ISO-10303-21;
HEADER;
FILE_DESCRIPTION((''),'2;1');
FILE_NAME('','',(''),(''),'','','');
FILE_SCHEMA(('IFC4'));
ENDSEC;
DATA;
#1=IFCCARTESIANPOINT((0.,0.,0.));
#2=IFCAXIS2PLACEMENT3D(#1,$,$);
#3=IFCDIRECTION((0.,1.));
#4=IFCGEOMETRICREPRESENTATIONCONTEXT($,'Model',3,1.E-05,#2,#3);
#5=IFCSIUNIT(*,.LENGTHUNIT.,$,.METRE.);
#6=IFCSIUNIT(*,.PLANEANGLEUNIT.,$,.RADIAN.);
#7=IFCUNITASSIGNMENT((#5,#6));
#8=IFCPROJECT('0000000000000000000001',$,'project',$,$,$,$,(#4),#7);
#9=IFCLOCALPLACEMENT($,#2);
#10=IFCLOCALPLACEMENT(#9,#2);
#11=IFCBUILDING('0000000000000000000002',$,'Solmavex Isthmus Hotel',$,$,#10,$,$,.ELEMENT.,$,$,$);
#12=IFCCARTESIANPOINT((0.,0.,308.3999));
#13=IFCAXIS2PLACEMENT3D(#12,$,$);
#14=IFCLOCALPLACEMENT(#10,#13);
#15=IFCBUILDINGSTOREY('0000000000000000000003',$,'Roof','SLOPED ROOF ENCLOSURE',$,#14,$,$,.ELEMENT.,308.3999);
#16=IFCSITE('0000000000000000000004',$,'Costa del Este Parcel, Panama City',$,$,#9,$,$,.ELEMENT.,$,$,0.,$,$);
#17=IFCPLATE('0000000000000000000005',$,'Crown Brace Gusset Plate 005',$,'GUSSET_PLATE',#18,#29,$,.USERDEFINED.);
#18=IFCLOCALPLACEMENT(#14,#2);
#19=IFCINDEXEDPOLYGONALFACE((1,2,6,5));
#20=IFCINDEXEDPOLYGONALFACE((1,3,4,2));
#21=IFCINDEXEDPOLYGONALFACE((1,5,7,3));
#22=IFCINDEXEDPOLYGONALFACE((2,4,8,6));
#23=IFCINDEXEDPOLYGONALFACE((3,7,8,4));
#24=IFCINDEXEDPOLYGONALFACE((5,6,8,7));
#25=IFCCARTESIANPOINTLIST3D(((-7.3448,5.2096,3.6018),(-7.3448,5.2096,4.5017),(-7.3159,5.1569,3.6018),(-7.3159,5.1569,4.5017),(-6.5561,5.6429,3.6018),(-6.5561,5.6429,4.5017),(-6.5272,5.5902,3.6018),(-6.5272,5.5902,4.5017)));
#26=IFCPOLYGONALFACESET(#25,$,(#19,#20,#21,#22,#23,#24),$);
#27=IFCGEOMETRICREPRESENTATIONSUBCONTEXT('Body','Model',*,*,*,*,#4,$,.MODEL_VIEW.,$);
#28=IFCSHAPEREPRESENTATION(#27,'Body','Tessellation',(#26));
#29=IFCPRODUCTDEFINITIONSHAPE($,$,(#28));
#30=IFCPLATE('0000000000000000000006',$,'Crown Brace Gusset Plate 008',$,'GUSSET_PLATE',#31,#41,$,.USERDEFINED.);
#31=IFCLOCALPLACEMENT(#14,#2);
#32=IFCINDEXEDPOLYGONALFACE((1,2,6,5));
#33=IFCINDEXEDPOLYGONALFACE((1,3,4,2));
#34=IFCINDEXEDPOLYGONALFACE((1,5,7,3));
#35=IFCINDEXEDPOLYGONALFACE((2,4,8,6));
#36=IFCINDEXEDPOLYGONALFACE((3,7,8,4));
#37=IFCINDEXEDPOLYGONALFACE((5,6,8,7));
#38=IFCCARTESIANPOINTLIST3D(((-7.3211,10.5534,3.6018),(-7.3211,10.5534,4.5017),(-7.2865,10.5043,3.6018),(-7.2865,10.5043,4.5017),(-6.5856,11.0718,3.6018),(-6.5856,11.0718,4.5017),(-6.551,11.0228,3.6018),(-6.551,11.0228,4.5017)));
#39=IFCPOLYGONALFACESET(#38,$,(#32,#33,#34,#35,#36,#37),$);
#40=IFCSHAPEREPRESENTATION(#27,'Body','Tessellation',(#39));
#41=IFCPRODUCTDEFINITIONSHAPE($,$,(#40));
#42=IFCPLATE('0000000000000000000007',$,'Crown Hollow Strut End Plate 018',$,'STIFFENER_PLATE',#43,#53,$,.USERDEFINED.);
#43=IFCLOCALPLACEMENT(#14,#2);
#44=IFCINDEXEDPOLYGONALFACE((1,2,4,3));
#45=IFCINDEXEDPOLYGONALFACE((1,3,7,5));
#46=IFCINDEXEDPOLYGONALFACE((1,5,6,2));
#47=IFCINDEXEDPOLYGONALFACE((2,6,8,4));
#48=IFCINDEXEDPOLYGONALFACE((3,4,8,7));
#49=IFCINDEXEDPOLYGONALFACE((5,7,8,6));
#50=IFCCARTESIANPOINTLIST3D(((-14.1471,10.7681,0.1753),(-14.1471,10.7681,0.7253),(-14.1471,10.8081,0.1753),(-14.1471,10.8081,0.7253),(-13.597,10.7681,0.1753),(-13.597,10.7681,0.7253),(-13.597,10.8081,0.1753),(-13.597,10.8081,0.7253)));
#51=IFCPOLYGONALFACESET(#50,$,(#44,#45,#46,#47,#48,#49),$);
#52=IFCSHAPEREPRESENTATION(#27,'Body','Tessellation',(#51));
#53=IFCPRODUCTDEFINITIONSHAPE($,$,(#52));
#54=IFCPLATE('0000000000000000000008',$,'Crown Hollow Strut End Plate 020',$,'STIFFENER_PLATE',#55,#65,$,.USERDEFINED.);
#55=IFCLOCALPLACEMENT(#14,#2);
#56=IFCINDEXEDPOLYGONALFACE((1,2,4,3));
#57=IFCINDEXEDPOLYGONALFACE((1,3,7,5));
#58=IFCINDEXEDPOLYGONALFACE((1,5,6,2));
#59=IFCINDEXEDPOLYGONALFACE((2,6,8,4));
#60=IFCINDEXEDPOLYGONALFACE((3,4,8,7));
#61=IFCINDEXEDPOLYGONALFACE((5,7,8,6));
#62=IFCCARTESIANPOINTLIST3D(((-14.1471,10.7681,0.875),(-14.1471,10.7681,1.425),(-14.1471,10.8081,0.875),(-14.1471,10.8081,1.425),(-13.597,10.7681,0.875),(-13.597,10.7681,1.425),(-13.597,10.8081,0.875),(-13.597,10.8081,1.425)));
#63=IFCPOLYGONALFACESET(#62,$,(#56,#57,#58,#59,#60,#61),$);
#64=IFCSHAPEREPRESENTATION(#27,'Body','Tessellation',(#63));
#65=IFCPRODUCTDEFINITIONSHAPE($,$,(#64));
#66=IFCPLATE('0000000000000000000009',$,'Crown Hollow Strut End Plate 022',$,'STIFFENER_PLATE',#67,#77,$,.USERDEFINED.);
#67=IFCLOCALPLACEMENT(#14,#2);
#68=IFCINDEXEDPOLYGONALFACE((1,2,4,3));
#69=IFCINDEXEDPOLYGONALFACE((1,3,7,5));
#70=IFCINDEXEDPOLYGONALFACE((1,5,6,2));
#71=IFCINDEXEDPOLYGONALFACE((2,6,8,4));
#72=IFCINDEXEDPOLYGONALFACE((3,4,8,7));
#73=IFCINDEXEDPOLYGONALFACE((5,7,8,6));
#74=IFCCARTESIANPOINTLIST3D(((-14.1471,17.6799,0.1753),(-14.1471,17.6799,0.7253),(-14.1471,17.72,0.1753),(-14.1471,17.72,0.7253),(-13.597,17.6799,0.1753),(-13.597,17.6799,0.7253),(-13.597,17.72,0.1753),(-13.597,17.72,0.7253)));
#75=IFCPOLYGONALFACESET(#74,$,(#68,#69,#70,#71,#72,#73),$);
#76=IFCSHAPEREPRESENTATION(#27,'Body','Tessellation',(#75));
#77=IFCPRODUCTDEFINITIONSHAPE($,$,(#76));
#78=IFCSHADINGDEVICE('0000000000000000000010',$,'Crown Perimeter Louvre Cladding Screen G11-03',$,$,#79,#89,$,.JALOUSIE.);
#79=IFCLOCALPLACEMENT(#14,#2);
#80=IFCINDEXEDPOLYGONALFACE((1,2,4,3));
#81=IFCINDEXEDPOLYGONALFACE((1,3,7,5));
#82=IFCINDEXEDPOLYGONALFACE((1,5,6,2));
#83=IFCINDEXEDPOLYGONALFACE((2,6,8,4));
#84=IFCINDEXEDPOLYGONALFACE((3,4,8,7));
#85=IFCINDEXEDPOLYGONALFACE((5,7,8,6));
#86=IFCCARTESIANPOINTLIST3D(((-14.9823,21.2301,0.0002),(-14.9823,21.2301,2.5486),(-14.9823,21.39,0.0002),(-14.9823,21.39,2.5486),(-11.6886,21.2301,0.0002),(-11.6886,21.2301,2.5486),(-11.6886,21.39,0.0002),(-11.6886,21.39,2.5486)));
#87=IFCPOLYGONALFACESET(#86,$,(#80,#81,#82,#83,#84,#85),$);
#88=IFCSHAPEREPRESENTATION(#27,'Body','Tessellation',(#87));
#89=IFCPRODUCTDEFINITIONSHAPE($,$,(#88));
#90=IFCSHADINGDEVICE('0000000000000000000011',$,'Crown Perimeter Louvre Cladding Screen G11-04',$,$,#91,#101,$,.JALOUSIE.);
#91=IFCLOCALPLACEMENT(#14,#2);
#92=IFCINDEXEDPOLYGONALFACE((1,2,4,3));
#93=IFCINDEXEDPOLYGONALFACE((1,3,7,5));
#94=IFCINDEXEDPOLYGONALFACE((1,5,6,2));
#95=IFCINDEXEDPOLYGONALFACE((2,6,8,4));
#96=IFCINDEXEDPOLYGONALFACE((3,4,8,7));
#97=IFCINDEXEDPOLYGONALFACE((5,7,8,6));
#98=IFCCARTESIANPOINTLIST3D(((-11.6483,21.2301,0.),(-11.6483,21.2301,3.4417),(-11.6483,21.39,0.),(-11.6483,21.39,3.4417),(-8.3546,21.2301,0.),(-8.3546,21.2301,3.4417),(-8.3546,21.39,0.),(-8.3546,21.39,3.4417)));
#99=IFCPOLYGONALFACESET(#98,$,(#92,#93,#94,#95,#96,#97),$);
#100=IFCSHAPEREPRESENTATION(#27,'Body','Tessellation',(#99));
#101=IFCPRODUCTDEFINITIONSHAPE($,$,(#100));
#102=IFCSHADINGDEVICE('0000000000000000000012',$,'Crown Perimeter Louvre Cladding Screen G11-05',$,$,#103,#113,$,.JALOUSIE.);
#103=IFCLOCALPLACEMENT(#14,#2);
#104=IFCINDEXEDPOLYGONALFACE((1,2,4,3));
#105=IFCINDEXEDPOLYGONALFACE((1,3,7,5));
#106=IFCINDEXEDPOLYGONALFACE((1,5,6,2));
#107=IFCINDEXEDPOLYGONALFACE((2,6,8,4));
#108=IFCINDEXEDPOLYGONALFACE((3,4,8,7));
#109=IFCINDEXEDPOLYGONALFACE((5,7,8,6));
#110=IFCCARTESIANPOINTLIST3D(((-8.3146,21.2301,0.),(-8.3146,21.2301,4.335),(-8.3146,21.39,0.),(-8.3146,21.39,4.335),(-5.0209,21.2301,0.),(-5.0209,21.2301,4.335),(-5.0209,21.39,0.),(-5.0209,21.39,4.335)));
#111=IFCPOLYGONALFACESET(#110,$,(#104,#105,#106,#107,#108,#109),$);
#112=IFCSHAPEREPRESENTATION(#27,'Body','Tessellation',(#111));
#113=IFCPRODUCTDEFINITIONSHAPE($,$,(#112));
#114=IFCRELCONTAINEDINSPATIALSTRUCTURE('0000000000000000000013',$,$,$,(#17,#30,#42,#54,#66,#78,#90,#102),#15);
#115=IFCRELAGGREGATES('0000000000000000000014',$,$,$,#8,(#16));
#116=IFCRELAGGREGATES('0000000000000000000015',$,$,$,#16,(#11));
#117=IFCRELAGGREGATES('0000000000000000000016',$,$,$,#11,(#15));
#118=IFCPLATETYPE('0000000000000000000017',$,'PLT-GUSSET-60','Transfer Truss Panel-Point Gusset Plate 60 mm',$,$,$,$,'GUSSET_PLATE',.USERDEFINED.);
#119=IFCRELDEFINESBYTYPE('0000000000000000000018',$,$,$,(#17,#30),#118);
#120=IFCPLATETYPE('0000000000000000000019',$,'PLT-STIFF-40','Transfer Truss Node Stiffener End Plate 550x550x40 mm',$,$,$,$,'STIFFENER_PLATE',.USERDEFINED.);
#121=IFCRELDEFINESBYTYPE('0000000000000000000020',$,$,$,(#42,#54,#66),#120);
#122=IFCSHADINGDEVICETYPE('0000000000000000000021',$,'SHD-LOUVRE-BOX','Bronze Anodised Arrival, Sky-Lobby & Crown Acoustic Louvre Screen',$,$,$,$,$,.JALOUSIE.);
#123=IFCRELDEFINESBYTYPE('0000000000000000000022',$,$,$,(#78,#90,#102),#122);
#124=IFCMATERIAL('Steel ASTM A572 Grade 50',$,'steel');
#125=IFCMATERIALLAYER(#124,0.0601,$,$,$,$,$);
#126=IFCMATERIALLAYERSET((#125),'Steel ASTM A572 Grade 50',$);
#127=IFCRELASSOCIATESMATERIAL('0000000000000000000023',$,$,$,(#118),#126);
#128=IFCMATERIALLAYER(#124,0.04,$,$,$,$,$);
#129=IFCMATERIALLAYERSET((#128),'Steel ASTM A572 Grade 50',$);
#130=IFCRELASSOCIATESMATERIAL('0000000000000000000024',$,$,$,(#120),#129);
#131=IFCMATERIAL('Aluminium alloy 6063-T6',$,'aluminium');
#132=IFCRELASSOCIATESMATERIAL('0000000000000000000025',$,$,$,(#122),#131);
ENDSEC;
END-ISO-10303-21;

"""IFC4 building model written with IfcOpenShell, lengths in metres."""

from ifc_helpers import new_model, si_unit, direction, frame, origin, origin_2d, place, context, subcontext, project, spatial, rectangle, extrude, material, layer, layer_set, type_object, element, save


model = new_model("IFC4")

# Units and contexts
model_context = context("Model", 3, precision=1e-05, world=origin(), true_north=direction((0.0, 1.0)))
body_context = subcontext(model_context, "Body", "Model", "MODEL_VIEW")
ifc_project = project(units=[si_unit("LENGTHUNIT", "METRE"), si_unit("PLANEANGLEUNIT", "RADIAN")], contexts=[model_context])

# Site, building, storey
site_placement = place(None, origin())
site = spatial("IfcSite", under=ifc_project, at=site_placement, Name="Costa del Este Parcel, Panama City", CompositionType="ELEMENT", RefElevation=0.0)
building_placement = place(site_placement, origin())
building = spatial("IfcBuilding", under=site, at=building_placement, Name="Solmavex Isthmus Hotel", CompositionType="ELEMENT")
storey_placement = place(building_placement, frame((0.0, 0.0, 308.3999)))
storey = spatial("IfcBuildingStorey", under=building, at=storey_placement, Name="Roof", Description="SLOPED ROOF ENCLOSURE", CompositionType="ELEMENT", Elevation=308.3999)

# Plates
ifc_material_1 = material(Name="Steel ASTM A572 Grade 50", Category="steel")
ifc_layer_1 = layer(ifc_material_1, 0.0601)
ifc_layer_set_1 = layer_set([ifc_layer_1], Name="Steel ASTM A572 Grade 50")
plate_type_1 = type_object("IfcPlateType", Name="PLT-GUSSET-60", Description="Transfer Truss Panel-Point Gusset Plate 60 mm", ElementType="GUSSET_PLATE", PredefinedType="USERDEFINED", material=ifc_layer_set_1)
for number, where, z_axis, x_axis, name in (
    (1, (-6.936, 5.3999, 3.6018), (0.0, 0.0, 1.0), (0.876433, 0.481524, 0.0), "Crown Brace Gusset Plate 005"),
    (2, (-6.936, 10.7881, 3.6018), (0.0, 0.0, 1.0), (0.817376, 0.576104, 0.0), "Crown Brace Gusset Plate 008"),
):
    element("IfcPlate", number, at=place(storey_placement, frame(where, z_axis=z_axis, x_axis=x_axis)), inside=storey, type_object=plate_type_1, Name=name, ObjectType="GUSSET_PLATE", PredefinedType="USERDEFINED", context=body_context, shape_type="SweptSolid", body=[
        extrude(rectangle(XDim=0.8999, YDim=0.0601, at=origin_2d()), origin(), (0.0, 0.0, 1.0), 0.8999),
    ])
ifc_layer_2 = layer(ifc_material_1, 0.04)
ifc_layer_set_2 = layer_set([ifc_layer_2], Name="Steel ASTM A572 Grade 50")
plate_type_2 = type_object("IfcPlateType", Name="PLT-STIFF-40", Description="Transfer Truss Node Stiffener End Plate 550x550x40 mm", ElementType="STIFFENER_PLATE", PredefinedType="USERDEFINED", material=ifc_layer_set_2)
for number, where, z_axis, x_axis, name in (
    (3, (-13.8721, 10.7881, 0.1753), (0.0, 0.0, 1.0), (1.0, 0.0, 0.0), "Crown Hollow Strut End Plate 018"),
    (4, (-13.8721, 10.7881, 0.875), (0.0, 0.0, 1.0), (1.0, 0.0, 0.0), "Crown Hollow Strut End Plate 020"),
    (5, (-13.8721, 17.7, 0.1753), (0.0, 0.0, 1.0), (1.0, 0.0, 0.0), "Crown Hollow Strut End Plate 022"),
):
    element("IfcPlate", number, at=place(storey_placement, frame(where, z_axis=z_axis, x_axis=x_axis)), inside=storey, type_object=plate_type_2, Name=name, ObjectType="STIFFENER_PLATE", PredefinedType="USERDEFINED", context=body_context, shape_type="SweptSolid", body=[
        extrude(rectangle(XDim=0.55, YDim=0.04, at=origin_2d()), origin(), (0.0, 0.0, 1.0), 0.55),
    ])

# Shading devices
ifc_material_2 = material(Name="Aluminium alloy 6063-T6", Category="aluminium")
shading_device_type = type_object("IfcShadingDeviceType", Name="SHD-LOUVRE-BOX", Description="Bronze Anodised Arrival, Sky-Lobby & Crown Acoustic Louvre Screen", PredefinedType="JALOUSIE", material=ifc_material_2)
shading_device_1_placement = place(storey_placement, frame((-13.3354, 21.3101, 0.0002), z_axis=(0.0, 0.0, 1.0), x_axis=(1.0, 0.0, 0.0)))
element("IfcShadingDevice", 6, at=shading_device_1_placement, inside=storey, type_object=shading_device_type, Name="Crown Perimeter Louvre Cladding Screen G11-03", PredefinedType="JALOUSIE", context=body_context, shape_type="SweptSolid", body=[
    extrude(rectangle(XDim=3.2937, YDim=0.1599, at=origin_2d()), origin(), (0.0, 0.0, 1.0), 2.5483),
])
shading_device_2_placement = place(storey_placement, frame((-10.0015, 21.3101, 0.0), z_axis=(0.0, 0.0, 1.0), x_axis=(1.0, 0.0, 0.0)))
element("IfcShadingDevice", 7, at=shading_device_2_placement, inside=storey, type_object=shading_device_type, Name="Crown Perimeter Louvre Cladding Screen G11-04", PredefinedType="JALOUSIE", context=body_context, shape_type="SweptSolid", body=[
    extrude(rectangle(XDim=3.2937, YDim=0.1599, at=origin_2d()), origin(), (0.0, 0.0, 1.0), 3.4417),
])
shading_device_3_placement = place(storey_placement, frame((-6.6677, 21.3101, 0.0), z_axis=(0.0, 0.0, 1.0), x_axis=(1.0, 0.0, 0.0)))
element("IfcShadingDevice", 8, at=shading_device_3_placement, inside=storey, type_object=shading_device_type, Name="Crown Perimeter Louvre Cladding Screen G11-05", PredefinedType="JALOUSIE", context=body_context, shape_type="SweptSolid", body=[
    extrude(rectangle(XDim=3.2937, YDim=0.1599, at=origin_2d()), origin(), (0.0, 0.0, 1.0), 4.335),
])

save(model, "model.ifc")
